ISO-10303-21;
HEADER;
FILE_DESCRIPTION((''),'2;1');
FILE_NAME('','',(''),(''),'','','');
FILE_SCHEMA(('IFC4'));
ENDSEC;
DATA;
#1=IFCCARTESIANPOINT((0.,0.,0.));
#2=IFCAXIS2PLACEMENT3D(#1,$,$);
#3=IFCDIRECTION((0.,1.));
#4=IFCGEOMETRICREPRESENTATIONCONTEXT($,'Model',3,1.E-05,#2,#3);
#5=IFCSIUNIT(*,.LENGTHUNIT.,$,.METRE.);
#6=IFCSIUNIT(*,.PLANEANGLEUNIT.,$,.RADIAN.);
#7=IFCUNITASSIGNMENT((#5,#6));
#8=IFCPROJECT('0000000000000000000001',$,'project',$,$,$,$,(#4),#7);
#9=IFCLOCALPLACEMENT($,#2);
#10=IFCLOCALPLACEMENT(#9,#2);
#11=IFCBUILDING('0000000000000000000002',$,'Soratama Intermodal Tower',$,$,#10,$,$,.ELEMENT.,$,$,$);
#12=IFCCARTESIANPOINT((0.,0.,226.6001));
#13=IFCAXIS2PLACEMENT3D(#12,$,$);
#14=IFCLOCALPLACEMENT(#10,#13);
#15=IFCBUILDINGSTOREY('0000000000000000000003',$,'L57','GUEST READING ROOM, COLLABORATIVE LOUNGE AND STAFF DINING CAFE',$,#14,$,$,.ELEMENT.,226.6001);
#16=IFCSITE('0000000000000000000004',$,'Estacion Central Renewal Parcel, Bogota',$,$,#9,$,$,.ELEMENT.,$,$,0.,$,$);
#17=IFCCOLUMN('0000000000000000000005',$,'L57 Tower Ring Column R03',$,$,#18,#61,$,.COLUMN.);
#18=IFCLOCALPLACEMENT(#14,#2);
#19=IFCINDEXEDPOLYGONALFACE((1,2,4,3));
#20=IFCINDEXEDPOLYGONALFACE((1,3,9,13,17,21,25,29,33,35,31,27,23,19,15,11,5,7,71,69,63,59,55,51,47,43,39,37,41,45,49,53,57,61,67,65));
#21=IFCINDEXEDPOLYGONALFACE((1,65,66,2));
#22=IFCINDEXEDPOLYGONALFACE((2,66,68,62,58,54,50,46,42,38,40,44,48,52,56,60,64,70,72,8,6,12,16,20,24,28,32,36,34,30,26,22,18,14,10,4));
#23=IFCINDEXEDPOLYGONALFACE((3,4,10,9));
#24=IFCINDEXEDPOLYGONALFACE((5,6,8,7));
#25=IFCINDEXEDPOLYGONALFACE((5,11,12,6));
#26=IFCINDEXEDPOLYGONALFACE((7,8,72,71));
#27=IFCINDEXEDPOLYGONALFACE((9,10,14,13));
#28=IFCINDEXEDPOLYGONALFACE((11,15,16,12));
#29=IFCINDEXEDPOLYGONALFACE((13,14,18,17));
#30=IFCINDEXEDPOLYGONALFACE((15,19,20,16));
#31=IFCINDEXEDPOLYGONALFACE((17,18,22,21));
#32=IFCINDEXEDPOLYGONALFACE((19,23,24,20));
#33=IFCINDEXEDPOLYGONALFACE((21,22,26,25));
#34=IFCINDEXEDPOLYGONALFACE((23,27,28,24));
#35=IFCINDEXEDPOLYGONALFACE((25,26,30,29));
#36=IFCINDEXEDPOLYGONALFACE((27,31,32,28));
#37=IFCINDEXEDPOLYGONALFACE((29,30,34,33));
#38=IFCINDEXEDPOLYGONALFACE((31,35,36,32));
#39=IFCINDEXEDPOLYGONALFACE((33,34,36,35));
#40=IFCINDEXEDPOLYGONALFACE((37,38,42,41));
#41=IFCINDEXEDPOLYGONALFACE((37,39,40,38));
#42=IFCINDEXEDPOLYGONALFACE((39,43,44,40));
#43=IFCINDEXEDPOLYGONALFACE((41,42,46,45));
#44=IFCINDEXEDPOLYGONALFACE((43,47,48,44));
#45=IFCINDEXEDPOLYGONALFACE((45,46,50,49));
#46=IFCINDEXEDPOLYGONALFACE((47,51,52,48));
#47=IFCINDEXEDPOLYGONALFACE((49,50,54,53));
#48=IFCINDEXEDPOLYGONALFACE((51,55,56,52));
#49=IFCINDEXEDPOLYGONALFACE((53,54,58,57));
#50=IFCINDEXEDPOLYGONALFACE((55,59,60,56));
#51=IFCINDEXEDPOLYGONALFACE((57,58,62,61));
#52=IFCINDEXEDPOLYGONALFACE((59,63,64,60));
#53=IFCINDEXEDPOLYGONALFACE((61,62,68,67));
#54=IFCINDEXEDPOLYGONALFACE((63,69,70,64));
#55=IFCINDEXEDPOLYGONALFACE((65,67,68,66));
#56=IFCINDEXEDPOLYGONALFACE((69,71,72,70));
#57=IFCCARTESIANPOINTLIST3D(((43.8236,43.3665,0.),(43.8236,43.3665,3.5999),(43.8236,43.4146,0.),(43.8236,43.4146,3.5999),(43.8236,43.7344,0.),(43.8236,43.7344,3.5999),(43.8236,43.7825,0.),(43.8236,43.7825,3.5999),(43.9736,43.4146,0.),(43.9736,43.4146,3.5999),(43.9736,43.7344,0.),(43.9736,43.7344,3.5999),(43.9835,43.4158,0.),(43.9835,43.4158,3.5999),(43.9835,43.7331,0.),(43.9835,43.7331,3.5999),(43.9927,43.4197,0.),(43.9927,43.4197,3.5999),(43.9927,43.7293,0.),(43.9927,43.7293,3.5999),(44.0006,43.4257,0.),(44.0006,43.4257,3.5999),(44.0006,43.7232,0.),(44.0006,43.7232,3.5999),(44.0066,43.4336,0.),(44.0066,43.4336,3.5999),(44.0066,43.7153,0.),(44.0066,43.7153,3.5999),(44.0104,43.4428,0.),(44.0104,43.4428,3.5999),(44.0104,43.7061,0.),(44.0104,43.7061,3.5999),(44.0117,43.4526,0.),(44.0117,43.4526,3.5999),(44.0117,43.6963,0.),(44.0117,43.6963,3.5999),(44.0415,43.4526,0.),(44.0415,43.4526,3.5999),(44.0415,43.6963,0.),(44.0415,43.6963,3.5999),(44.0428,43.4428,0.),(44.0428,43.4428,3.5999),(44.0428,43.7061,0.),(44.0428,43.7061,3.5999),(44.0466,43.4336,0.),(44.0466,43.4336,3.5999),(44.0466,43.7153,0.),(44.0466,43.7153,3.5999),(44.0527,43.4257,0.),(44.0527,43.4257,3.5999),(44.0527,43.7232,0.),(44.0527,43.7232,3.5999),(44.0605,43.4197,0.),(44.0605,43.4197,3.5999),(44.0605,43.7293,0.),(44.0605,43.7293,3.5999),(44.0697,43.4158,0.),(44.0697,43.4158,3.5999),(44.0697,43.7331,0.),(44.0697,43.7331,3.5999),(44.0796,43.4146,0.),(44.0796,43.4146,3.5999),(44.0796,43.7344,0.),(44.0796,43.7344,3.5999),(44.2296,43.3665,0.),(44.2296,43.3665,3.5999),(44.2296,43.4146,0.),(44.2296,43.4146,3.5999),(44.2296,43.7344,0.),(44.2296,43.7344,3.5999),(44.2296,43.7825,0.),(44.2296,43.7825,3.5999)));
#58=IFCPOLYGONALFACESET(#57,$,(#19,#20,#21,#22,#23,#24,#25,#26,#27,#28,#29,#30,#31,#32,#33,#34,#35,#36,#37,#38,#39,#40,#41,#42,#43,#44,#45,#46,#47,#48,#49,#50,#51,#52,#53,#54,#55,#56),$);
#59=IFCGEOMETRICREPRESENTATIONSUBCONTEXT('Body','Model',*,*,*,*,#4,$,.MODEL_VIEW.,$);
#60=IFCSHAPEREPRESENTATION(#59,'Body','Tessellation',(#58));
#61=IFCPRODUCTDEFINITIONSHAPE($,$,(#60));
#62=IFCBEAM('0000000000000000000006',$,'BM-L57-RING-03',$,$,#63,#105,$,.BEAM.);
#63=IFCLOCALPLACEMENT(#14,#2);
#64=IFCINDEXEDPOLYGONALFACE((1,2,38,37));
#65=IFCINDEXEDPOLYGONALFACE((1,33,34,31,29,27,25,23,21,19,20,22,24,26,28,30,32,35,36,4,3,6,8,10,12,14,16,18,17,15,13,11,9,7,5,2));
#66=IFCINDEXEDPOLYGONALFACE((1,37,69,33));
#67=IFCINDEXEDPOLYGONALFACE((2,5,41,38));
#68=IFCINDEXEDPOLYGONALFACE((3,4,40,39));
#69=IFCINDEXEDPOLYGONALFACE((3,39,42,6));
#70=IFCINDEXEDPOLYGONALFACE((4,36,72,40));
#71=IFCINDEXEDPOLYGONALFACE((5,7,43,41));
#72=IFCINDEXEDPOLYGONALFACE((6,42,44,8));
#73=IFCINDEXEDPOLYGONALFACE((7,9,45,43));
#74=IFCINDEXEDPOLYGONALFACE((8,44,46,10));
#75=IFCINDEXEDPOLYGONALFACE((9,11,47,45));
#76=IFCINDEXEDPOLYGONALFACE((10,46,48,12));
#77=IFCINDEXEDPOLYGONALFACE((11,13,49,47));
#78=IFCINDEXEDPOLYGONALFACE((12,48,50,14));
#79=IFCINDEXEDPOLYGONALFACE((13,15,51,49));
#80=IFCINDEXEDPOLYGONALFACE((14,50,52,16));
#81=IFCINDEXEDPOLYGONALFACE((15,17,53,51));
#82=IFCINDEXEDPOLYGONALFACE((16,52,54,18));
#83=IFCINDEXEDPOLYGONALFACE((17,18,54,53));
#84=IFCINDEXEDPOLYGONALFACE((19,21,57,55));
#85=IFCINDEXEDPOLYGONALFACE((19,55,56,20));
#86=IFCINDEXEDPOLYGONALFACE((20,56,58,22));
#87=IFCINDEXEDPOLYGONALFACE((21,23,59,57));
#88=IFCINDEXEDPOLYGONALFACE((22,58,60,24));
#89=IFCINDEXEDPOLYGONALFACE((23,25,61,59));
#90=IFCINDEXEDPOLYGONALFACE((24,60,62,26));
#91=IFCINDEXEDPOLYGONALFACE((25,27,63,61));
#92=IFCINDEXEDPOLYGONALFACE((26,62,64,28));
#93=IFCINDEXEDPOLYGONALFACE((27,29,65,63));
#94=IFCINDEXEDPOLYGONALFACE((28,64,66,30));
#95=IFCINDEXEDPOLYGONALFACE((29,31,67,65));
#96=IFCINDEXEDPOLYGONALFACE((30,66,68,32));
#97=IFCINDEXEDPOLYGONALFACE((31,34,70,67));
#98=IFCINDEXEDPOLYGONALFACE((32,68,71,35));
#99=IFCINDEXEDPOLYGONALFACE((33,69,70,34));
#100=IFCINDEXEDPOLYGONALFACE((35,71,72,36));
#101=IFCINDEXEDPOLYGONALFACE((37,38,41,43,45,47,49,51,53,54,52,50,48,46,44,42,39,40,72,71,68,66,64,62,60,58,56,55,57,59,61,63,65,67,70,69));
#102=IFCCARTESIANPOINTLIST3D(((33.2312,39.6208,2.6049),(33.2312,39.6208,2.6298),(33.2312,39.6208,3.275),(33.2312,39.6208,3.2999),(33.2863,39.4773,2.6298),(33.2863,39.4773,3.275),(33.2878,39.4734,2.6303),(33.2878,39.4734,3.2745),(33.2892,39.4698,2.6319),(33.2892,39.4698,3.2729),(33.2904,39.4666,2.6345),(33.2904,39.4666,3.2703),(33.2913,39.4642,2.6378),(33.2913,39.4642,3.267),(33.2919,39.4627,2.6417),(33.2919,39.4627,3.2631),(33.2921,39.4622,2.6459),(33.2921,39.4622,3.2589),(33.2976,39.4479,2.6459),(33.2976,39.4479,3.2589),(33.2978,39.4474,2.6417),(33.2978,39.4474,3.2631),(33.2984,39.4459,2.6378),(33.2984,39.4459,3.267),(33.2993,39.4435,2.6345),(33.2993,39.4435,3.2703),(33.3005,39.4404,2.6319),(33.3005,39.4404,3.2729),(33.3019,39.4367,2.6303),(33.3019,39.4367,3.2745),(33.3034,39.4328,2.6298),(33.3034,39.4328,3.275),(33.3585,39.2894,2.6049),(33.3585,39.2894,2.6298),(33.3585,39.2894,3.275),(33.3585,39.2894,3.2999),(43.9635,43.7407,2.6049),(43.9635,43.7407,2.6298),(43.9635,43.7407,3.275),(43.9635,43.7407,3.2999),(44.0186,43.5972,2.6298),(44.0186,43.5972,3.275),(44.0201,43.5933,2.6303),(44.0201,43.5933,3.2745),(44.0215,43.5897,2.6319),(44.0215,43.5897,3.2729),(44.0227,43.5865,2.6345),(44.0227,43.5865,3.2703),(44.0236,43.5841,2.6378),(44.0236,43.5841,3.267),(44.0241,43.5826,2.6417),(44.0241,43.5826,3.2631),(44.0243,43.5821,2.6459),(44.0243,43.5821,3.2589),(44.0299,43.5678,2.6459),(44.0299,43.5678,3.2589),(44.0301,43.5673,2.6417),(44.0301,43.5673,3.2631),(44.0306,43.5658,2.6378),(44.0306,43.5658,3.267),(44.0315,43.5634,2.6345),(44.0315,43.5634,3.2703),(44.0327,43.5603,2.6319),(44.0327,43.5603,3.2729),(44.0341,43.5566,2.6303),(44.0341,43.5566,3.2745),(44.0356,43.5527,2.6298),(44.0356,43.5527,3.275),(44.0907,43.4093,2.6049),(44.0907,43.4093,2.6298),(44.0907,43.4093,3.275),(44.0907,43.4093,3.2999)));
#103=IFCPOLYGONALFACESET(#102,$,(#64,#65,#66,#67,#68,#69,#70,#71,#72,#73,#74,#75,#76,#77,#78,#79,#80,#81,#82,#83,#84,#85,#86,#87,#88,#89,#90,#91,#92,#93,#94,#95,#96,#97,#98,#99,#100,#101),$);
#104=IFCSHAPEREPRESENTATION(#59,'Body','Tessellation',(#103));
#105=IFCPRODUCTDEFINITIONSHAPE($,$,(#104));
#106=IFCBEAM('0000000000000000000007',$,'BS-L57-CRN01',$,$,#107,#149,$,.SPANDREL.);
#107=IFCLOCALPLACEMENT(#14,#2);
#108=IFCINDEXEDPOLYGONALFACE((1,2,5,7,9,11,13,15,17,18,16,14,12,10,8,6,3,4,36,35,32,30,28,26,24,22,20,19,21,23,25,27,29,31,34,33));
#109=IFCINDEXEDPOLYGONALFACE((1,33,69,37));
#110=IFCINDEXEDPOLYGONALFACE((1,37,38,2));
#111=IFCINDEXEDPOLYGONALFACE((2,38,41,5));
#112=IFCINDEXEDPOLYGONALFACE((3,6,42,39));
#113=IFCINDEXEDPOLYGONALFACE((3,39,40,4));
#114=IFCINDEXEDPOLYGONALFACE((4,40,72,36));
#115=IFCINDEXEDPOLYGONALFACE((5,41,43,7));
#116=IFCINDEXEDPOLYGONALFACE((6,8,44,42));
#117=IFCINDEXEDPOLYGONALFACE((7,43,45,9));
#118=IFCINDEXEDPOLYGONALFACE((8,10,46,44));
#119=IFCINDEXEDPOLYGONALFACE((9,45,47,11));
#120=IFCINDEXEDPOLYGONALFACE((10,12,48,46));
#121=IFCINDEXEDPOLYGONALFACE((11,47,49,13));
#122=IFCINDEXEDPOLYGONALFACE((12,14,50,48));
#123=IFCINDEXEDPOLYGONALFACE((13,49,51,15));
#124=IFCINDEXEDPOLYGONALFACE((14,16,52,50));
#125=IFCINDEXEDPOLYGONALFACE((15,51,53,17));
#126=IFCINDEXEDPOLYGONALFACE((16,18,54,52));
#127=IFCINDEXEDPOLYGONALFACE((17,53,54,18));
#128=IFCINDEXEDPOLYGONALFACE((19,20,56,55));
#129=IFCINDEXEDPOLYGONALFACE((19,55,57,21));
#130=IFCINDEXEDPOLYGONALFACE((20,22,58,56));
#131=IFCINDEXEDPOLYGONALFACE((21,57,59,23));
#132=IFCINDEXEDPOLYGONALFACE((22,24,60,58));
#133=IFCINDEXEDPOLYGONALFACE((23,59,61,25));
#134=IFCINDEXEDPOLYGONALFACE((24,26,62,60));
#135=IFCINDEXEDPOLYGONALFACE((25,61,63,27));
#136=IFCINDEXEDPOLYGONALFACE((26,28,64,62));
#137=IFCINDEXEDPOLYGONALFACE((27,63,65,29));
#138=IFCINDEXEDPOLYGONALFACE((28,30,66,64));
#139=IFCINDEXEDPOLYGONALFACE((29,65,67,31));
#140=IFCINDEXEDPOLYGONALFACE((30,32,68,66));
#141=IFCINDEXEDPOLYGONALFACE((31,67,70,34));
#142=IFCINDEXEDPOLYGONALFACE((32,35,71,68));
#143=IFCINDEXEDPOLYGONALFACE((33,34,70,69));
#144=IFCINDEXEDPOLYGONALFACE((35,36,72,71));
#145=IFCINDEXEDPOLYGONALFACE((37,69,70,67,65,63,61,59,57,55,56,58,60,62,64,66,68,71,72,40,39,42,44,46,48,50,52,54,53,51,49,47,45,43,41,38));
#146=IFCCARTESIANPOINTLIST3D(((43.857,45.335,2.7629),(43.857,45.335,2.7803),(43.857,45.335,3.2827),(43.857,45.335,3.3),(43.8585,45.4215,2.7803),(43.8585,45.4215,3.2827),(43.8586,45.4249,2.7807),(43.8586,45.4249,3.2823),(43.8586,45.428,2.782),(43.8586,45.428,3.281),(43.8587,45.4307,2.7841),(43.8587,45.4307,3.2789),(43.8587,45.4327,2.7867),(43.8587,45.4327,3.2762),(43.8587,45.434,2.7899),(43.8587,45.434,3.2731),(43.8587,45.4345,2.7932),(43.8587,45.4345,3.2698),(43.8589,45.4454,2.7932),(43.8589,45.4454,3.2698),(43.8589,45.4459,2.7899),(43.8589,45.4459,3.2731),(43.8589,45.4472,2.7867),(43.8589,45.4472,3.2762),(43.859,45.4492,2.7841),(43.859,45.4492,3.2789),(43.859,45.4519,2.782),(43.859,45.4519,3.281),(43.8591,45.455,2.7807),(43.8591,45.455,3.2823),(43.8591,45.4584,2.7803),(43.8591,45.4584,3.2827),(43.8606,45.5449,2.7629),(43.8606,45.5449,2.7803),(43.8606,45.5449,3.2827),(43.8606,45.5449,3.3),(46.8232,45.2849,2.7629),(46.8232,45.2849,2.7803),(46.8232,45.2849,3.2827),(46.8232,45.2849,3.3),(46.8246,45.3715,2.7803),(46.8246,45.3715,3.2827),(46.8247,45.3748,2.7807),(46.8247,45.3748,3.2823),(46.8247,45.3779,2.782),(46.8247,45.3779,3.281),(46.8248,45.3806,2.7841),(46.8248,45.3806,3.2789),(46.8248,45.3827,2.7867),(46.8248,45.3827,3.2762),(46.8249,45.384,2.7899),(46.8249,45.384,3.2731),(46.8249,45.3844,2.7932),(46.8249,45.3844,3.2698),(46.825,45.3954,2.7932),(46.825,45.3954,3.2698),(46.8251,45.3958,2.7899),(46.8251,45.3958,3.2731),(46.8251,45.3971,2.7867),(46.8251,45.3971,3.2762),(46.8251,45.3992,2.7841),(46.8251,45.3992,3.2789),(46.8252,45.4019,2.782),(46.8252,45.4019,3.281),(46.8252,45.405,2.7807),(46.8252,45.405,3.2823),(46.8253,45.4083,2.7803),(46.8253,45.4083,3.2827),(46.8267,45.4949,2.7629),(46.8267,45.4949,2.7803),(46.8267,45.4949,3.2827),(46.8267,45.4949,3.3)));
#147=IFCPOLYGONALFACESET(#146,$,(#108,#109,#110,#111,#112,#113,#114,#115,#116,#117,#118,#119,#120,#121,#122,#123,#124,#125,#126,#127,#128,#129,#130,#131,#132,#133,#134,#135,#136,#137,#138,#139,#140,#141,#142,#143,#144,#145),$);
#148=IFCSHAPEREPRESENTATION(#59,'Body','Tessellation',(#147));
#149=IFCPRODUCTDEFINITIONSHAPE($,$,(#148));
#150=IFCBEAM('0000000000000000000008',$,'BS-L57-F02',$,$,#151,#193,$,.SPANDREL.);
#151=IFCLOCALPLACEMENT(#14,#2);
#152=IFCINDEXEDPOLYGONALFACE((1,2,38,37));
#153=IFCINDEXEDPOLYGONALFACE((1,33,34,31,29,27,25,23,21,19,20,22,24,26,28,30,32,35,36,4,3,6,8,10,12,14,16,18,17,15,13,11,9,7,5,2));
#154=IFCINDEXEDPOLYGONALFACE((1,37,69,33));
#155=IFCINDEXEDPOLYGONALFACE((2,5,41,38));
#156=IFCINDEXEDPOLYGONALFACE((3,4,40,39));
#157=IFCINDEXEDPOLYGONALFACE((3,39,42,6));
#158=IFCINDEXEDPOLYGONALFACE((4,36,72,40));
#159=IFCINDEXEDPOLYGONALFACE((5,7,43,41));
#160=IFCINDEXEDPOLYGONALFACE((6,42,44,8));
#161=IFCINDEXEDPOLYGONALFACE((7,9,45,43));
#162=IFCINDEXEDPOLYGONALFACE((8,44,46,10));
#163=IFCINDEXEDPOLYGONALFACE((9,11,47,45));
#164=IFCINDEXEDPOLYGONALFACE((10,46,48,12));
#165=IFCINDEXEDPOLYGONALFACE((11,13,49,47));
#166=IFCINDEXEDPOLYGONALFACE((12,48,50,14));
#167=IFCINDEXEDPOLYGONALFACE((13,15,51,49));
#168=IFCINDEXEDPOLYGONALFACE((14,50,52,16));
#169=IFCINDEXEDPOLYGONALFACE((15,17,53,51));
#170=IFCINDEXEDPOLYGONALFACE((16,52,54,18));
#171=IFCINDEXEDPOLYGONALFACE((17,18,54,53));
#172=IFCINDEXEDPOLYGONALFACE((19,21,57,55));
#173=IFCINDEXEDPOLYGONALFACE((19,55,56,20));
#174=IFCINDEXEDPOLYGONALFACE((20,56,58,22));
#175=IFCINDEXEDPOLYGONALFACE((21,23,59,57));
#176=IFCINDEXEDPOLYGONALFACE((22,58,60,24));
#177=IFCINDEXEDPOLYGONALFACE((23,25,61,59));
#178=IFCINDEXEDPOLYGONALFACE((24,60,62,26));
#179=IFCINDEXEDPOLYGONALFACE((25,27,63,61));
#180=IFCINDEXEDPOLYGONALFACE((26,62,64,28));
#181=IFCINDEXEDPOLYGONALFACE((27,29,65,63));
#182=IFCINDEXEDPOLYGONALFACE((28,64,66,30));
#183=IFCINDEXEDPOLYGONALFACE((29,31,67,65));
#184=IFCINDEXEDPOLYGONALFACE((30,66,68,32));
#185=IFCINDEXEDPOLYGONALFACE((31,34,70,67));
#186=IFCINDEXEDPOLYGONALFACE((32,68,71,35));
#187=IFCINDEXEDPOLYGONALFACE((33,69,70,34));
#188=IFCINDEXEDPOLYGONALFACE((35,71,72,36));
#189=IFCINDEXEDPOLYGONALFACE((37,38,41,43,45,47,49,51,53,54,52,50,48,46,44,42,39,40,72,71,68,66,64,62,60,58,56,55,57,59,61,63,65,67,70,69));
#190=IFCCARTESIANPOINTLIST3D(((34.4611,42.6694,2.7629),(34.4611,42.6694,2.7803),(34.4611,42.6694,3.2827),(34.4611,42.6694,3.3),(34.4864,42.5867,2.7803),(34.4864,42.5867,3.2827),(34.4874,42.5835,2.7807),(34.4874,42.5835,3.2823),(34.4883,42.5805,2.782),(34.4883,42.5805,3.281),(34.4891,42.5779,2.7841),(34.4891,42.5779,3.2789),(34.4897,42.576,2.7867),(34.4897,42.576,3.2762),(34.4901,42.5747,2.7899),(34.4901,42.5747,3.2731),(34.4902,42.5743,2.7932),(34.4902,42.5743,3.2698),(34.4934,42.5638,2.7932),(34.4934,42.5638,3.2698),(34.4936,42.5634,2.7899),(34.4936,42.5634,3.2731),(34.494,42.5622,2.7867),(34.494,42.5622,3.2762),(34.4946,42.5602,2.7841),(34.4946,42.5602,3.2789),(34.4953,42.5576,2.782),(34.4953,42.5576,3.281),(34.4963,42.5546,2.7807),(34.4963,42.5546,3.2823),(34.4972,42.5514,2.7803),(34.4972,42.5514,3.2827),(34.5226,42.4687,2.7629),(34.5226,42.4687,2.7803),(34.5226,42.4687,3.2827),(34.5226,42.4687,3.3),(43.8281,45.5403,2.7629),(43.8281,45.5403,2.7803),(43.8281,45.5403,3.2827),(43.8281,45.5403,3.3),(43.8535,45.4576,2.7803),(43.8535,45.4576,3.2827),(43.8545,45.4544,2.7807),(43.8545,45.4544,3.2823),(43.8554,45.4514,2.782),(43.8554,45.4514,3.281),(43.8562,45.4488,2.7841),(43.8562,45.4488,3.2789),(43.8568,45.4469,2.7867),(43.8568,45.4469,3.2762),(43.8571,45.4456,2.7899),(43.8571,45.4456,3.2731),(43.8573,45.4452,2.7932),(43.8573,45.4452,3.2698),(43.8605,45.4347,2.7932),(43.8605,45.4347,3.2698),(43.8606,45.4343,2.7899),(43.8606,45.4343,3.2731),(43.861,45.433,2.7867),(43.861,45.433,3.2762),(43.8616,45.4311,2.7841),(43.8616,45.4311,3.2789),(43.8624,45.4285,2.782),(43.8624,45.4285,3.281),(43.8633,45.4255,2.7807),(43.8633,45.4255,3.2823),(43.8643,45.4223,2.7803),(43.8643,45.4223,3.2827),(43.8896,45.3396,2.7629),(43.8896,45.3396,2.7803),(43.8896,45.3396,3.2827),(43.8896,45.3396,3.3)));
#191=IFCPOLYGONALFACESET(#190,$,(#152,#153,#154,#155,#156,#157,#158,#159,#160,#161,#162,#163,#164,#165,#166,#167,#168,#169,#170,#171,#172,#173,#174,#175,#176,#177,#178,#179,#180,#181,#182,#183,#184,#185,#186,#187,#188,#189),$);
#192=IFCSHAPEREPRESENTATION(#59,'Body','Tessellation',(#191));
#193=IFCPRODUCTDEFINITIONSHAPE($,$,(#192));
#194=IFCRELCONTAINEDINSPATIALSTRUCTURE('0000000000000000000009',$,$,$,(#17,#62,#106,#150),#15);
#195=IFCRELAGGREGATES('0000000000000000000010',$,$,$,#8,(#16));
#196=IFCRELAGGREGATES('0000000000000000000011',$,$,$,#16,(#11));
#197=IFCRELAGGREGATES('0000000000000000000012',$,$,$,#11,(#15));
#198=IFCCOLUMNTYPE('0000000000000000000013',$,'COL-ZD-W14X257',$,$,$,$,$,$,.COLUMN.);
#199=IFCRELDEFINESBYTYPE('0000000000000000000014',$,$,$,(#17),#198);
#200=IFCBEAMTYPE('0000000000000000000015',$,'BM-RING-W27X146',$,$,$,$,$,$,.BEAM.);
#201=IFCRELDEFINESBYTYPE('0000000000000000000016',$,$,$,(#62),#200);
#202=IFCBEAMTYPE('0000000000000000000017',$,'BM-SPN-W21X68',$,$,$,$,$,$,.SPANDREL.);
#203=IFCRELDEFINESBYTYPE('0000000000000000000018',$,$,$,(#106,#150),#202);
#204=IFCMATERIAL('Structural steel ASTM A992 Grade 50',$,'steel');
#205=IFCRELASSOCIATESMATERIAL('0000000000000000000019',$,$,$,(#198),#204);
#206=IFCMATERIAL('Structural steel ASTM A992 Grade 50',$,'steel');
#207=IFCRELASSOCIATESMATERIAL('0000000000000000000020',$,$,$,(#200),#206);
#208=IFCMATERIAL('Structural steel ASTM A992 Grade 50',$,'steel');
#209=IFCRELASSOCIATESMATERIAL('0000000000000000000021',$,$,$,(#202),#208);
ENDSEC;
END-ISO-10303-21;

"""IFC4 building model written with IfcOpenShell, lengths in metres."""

from ifc_helpers import new_model, si_unit, direction, frame, origin, origin_2d, place, context, subcontext, project, spatial, i_section, extrude, material, material_profile, profile_set, type_object, element, save


model = new_model("IFC4")

# Units and contexts
model_context = context("Model", 3, precision=1e-05, world=origin(), true_north=direction((0.0, 1.0)))
body_context = subcontext(model_context, "Body", "Model", "MODEL_VIEW")
ifc_project = project(units=[si_unit("LENGTHUNIT", "METRE"), si_unit("PLANEANGLEUNIT", "RADIAN")], contexts=[model_context])

# Site, building, storey
site_placement = place(None, origin())
site = spatial("IfcSite", under=ifc_project, at=site_placement, Name="Estacion Central Renewal Parcel, Bogota", CompositionType="ELEMENT", RefElevation=0.0)
building_placement = place(site_placement, origin())
building = spatial("IfcBuilding", under=site, at=building_placement, Name="Soratama Intermodal Tower", CompositionType="ELEMENT")
storey_placement = place(building_placement, frame((0.0, 0.0, 226.6001)))
storey = spatial("IfcBuildingStorey", under=building, at=storey_placement, Name="L57", Description="GUEST READING ROOM, COLLABORATIVE LOUNGE AND STAFF DINING CAFE", CompositionType="ELEMENT", Elevation=226.6001)

# Column
ifc_material_1 = material(Name="Structural steel ASTM A992 Grade 50", Category="steel")
ifc_material_profile_1 = material_profile(ifc_material_1, i_section(OverallWidth=0.406, OverallDepth=0.416, WebThickness=0.0298, FlangeThickness=0.0481, FilletRadius=0.0381, at=origin_2d()), Name="W14X257")
ifc_profile_set_1 = profile_set([ifc_material_profile_1], Name="Structural steel ASTM A992 Grade 50")
column_type = type_object("IfcColumnType", Name="COL-ZD-W14X257", PredefinedType="COLUMN", material=ifc_profile_set_1)
column_placement = place(storey_placement, frame((44.0266, 43.5745, 0.0), z_axis=(0.0, 0.0, 1.0), x_axis=(1.0, 0.0, 0.0)))
element("IfcColumn", 1, at=column_placement, inside=storey, type_object=column_type, Name="L57 Tower Ring Column R03", PredefinedType="COLUMN", context=body_context, shape_type="SweptSolid", body=[
    extrude(i_section(OverallWidth=0.406, OverallDepth=0.416, WebThickness=0.0298, FlangeThickness=0.0481, FilletRadius=0.0381, at=origin_2d()), origin(), (0.0, 0.0, 1.0), 3.5999),
])

# Beams
ifc_material_2 = material(Name="Structural steel ASTM A992 Grade 50", Category="steel")
ifc_material_profile_2 = material_profile(ifc_material_2, i_section(OverallWidth=0.355, OverallDepth=0.6951, WebThickness=0.0154, FlangeThickness=0.0249, FilletRadius=0.0161, at=origin_2d()), Name="W27X146")
ifc_profile_set_2 = profile_set([ifc_material_profile_2], Name="Structural steel ASTM A992 Grade 50")
beam_type_1 = type_object("IfcBeamType", Name="BM-RING-W27X146", PredefinedType="BEAM", material=ifc_profile_set_2)
beam_1_placement = place(storey_placement, frame((44.0271, 43.575, 2.9524), z_axis=(-0.933575, -0.358381, 0.0), x_axis=(0.358381, -0.933575, 0.0)))
element("IfcBeam", 2, at=beam_1_placement, inside=storey, type_object=beam_type_1, Name="BM-L57-RING-03", PredefinedType="BEAM", context=body_context, shape_type="SweptSolid", body=[
    extrude(i_section(OverallWidth=0.355, OverallDepth=0.6951, WebThickness=0.0154, FlangeThickness=0.0249, FilletRadius=0.0161, at=origin_2d()), origin(), (0.0, 0.0, 1.0), 11.4958),
])
ifc_material_3 = material(Name="Structural steel ASTM A992 Grade 50", Category="steel")
ifc_material_profile_3 = material_profile(ifc_material_3, i_section(OverallWidth=0.21, OverallDepth=0.5371, WebThickness=0.011, FlangeThickness=0.0173, FilletRadius=0.0129, at=origin_2d()), Name="W21X68")
ifc_profile_set_3 = profile_set([ifc_material_profile_3], Name="Structural steel ASTM A992 Grade 50")
beam_type_2 = type_object("IfcBeamType", Name="BM-SPN-W21X68", PredefinedType="SPANDREL", material=ifc_profile_set_3)
beam_2_placement = place(storey_placement, frame((46.825, 45.3899, 3.0315), z_axis=(-0.999858, 0.016871, 0.0), x_axis=(-0.016871, -0.999858, 0.0)))
element("IfcBeam", 3, at=beam_2_placement, inside=storey, type_object=beam_type_2, Name="BS-L57-CRN01", PredefinedType="SPANDREL", context=body_context, shape_type="SweptSolid", body=[
    extrude(i_section(OverallWidth=0.21, OverallDepth=0.5371, WebThickness=0.011, FlangeThickness=0.0173, FilletRadius=0.0129, at=origin_2d()), origin(), (0.0, 0.0, 1.0), 2.9666),
])
beam_3_placement = place(storey_placement, frame((43.8589, 45.4399, 3.0315), z_axis=(-0.956102, -0.293033, 0.0), x_axis=(0.293033, -0.956102, 0.0)))
element("IfcBeam", 4, at=beam_3_placement, inside=storey, type_object=beam_type_2, Name="BS-L57-F02", PredefinedType="SPANDREL", context=body_context, shape_type="SweptSolid", body=[
    extrude(i_section(OverallWidth=0.21, OverallDepth=0.5371, WebThickness=0.011, FlangeThickness=0.0173, FilletRadius=0.0129, at=origin_2d()), origin(), (0.0, 0.0, 1.0), 9.7971),
])

save(model, "model.ifc")
